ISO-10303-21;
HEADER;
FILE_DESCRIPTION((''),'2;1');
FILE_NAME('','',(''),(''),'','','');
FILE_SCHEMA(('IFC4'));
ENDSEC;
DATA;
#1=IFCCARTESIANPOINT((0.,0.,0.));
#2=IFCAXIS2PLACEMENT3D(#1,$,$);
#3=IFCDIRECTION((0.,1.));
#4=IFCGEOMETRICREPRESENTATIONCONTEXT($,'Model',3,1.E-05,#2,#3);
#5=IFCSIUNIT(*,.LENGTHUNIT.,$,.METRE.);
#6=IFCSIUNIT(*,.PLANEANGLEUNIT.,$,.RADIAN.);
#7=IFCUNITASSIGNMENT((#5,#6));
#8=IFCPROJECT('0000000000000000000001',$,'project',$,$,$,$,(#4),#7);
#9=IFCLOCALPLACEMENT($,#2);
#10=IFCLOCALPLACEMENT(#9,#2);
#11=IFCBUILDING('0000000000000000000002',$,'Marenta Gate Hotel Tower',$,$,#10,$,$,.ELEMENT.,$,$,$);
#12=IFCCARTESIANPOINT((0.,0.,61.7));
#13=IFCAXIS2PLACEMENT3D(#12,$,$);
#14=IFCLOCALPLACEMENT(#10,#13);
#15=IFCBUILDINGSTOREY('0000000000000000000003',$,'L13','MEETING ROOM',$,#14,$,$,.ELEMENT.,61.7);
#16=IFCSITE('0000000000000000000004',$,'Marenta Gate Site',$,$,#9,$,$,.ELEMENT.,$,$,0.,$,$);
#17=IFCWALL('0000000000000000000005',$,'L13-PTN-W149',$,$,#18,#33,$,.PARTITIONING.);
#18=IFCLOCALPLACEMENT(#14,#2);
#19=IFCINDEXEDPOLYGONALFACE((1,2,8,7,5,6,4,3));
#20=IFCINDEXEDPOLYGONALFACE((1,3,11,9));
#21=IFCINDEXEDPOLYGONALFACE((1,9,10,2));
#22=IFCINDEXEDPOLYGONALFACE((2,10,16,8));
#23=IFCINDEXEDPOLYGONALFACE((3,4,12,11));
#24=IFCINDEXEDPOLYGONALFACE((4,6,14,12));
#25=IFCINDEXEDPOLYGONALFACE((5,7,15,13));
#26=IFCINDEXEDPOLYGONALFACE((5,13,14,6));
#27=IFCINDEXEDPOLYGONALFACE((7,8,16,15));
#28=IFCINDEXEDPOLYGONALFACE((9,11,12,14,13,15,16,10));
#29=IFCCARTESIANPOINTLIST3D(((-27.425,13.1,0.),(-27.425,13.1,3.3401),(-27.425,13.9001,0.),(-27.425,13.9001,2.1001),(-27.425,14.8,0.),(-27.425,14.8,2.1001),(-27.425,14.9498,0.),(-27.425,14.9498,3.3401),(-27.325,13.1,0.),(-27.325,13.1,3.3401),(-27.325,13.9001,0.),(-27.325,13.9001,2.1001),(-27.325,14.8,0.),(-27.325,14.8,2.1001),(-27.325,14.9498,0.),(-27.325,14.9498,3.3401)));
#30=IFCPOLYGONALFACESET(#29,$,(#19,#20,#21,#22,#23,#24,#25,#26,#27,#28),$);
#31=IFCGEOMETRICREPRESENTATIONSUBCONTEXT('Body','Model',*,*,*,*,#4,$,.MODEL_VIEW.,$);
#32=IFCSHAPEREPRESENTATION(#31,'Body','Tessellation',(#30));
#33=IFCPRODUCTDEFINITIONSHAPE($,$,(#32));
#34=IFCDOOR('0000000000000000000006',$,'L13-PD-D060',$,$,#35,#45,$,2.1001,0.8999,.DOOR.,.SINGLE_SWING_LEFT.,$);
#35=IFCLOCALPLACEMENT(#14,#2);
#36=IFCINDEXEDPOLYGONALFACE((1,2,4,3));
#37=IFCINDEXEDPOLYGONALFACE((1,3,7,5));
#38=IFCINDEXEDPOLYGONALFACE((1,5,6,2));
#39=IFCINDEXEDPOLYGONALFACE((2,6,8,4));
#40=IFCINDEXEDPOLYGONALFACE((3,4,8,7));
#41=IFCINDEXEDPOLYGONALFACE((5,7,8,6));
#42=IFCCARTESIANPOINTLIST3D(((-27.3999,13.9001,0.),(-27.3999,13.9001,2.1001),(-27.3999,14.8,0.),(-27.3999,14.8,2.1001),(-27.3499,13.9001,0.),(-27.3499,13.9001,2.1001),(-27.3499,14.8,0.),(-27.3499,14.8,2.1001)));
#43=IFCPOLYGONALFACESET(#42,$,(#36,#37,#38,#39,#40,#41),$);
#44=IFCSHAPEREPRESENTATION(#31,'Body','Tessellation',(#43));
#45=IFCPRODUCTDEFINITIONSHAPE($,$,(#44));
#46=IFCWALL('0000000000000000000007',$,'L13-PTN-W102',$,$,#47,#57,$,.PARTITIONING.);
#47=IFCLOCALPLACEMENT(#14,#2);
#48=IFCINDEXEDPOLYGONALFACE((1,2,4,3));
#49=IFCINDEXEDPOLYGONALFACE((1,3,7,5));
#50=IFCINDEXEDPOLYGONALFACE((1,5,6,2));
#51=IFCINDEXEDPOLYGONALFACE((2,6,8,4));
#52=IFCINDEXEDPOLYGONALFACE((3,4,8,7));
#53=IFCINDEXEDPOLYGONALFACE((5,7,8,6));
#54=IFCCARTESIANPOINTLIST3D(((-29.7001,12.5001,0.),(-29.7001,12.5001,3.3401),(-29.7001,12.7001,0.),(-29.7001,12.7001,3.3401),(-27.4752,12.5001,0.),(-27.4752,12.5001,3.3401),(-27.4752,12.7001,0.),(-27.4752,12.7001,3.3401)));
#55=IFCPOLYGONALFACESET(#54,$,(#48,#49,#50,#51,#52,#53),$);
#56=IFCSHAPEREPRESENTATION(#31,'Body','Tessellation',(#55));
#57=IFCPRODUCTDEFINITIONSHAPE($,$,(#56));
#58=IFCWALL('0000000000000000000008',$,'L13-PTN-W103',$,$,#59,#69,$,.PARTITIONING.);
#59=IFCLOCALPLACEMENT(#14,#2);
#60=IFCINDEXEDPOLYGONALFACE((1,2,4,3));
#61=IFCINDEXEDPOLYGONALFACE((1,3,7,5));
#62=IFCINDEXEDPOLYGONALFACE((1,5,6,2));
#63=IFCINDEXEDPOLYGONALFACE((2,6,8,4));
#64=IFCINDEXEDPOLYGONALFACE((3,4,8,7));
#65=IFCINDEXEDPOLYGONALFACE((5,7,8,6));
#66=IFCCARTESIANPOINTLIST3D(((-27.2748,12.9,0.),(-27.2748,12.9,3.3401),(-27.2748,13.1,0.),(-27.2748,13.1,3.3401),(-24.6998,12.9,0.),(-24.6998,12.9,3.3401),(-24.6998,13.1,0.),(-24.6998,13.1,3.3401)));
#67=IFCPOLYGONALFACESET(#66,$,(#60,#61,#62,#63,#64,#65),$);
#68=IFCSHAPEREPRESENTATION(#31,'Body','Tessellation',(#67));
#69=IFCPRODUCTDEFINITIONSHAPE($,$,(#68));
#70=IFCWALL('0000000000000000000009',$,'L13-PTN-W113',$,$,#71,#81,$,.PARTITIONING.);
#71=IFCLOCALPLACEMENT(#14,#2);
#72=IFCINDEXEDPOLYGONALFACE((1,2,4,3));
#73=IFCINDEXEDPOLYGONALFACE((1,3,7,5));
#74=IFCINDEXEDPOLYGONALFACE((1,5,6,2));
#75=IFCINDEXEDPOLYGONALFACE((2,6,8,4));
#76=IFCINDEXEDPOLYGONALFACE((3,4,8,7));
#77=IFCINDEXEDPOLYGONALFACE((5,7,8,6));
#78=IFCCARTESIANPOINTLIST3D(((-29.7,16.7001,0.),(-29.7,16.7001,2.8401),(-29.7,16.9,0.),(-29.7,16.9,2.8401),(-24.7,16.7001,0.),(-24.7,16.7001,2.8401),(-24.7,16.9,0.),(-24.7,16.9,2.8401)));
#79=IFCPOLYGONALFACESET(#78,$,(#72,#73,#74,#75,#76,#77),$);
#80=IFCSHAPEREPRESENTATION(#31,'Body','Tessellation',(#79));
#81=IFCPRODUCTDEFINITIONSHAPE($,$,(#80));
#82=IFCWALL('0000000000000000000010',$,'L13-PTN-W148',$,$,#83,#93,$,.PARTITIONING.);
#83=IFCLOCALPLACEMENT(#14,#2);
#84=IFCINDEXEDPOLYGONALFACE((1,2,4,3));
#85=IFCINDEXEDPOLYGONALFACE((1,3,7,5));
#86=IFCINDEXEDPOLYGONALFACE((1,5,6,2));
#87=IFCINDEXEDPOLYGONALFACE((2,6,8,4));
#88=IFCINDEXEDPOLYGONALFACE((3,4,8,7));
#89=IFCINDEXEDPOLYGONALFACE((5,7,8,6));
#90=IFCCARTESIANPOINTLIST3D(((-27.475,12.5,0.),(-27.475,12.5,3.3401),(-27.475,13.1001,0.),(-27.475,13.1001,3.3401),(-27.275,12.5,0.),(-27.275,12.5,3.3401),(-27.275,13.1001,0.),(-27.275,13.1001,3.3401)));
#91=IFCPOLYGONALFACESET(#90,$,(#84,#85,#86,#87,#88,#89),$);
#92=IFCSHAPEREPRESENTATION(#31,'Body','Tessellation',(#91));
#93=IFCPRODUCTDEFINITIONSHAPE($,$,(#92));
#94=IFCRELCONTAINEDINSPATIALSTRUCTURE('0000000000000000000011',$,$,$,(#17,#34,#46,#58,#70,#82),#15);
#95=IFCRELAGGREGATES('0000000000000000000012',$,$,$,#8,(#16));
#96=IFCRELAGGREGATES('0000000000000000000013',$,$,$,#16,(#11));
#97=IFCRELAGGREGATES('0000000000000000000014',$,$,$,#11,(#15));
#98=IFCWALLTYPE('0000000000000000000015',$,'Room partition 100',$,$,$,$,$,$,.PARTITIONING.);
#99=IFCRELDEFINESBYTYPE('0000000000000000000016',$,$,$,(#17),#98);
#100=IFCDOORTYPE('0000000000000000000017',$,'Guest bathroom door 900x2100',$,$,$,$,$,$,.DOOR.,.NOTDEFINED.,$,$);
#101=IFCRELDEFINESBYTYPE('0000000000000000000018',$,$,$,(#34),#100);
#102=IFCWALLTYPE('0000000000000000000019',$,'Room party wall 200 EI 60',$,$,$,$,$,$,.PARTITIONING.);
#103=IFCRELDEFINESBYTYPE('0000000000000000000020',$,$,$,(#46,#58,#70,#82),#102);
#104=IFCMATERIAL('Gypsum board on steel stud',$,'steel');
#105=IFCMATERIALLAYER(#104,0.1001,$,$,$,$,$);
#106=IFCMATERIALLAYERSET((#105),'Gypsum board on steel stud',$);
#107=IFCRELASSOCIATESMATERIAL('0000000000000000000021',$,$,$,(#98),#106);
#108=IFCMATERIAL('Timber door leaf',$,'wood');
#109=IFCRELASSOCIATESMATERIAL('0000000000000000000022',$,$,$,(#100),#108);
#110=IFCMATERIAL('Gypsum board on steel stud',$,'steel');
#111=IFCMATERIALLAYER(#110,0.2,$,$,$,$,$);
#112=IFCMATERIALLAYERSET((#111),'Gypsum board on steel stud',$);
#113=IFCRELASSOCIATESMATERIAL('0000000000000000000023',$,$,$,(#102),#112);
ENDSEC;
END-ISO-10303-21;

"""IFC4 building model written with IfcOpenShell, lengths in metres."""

from ifc_helpers import new_model, si_unit, direction, frame, frame_2d, origin, place, context, subcontext, project, spatial, rectangle, extrude, material, layer, layer_set, type_object, element, fill, save


model = new_model("IFC4")

# Units and contexts
model_context = context("Model", 3, precision=1e-05, world=origin(), true_north=direction((0.0, 1.0)))
body_context = subcontext(model_context, "Body", "Model", "MODEL_VIEW")
ifc_project = project(units=[si_unit("LENGTHUNIT", "METRE"), si_unit("PLANEANGLEUNIT", "RADIAN")], contexts=[model_context])

# Site, building, storey
site_placement = place(None, origin())
site = spatial("IfcSite", under=ifc_project, at=site_placement, Name="Marenta Gate Site", CompositionType="ELEMENT", RefElevation=0.0)
building_placement = place(site_placement, origin())
building = spatial("IfcBuilding", under=site, at=building_placement, Name="Marenta Gate Hotel Tower", CompositionType="ELEMENT")
storey_placement = place(building_placement, frame((0.0, 0.0, 61.7)))
storey = spatial("IfcBuildingStorey", under=building, at=storey_placement, Name="L13", Description="MEETING ROOM", CompositionType="ELEMENT", Elevation=61.7)

# Shared definitions
ifc_material_1 = material(Name="Gypsum board on steel stud", Category="steel")
ifc_layer_1 = layer(ifc_material_1, 0.1001)
ifc_layer_set_1 = layer_set([ifc_layer_1], Name="Gypsum board on steel stud")
wall_type_1 = type_object("IfcWallType", Name="Room partition 100", PredefinedType="PARTITIONING", material=ifc_layer_set_1)

# Wall, opening, door
wall_1_placement = place(storey_placement, frame((-27.375, 13.1001, 0.0), z_axis=(0.0, 0.0, 1.0), x_axis=(0.0, 1.0, 0.0)))
wall_1 = element("IfcWall", 1, at=wall_1_placement, inside=storey, type_object=wall_type_1, Name="L13-PTN-W149", PredefinedType="PARTITIONING", context=body_context, shape_type="SweptSolid", body=[
    extrude(rectangle(XDim=1.8499, YDim=0.1001, at=frame_2d((0.9248, 0.0))), origin(), (0.0, 0.0, 1.0), 3.3401),
])
opening_placement = place(wall_1_placement, frame((0.8, 0.0, 0.0)))
opening = element("IfcOpeningElement", 2, at=opening_placement, cuts=wall_1, PredefinedType="OPENING", context=body_context, shape_type="SweptSolid", body=[
    extrude(rectangle(XDim=0.8999, YDim=2.1001, at=frame_2d((0.45, 1.05))), frame((0.0, 0.05, 0.0), z_axis=(0.0, -1.0, 0.0), x_axis=(1.0, 0.0, 0.0)), (0.0, 0.0, 1.0), 0.1001),
])
ifc_material_2 = material(Name="Timber door leaf", Category="wood")
door_type = type_object("IfcDoorType", Name="Guest bathroom door 900x2100", OperationType="NOTDEFINED", PredefinedType="DOOR", material=ifc_material_2)
door_placement = place(opening_placement, origin())
door = element("IfcDoor", 3, at=door_placement, inside=storey, type_object=door_type, Name="L13-PD-D060", OperationType="SINGLE_SWING_LEFT", OverallHeight=2.1001, OverallWidth=0.8999, PredefinedType="DOOR", context=body_context, shape_type="SweptSolid", body=[
    extrude(rectangle(XDim=0.8999, YDim=2.1001, at=frame_2d((0.45, 1.05))), frame((0.0, 0.0249, 0.0), z_axis=(0.0, -1.0, 0.0), x_axis=(1.0, 0.0, 0.0)), (0.0, 0.0, 1.0), 0.05),
])
fill(opening, door)

# Walls
ifc_material_3 = material(Name="Gypsum board on steel stud", Category="steel")
ifc_layer_2 = layer(ifc_material_3, 0.2)
ifc_layer_set_2 = layer_set([ifc_layer_2], Name="Gypsum board on steel stud")
wall_type_2 = type_object("IfcWallType", Name="Room party wall 200 EI 60", PredefinedType="PARTITIONING", material=ifc_layer_set_2)
wall_2_placement = place(storey_placement, frame((-29.7, 12.6001, 0.0), z_axis=(0.0, 0.0, 1.0), x_axis=(1.0, 0.0, 0.0)))
element("IfcWall", 4, at=wall_2_placement, inside=storey, type_object=wall_type_2, Name="L13-PTN-W102", PredefinedType="PARTITIONING", context=body_context, shape_type="SweptSolid", body=[
    extrude(rectangle(XDim=2.2249, YDim=0.2, at=frame_2d((1.1123, 0.0))), origin(), (0.0, 0.0, 1.0), 3.3401),
])
wall_3_placement = place(storey_placement, frame((-27.2749, 13.0, 0.0), z_axis=(0.0, 0.0, 1.0), x_axis=(1.0, 0.0, 0.0)))
element("IfcWall", 5, at=wall_3_placement, inside=storey, type_object=wall_type_2, Name="L13-PTN-W103", PredefinedType="PARTITIONING", context=body_context, shape_type="SweptSolid", body=[
    extrude(rectangle(XDim=2.575, YDim=0.2, at=frame_2d((1.2876, 0.0))), origin(), (0.0, 0.0, 1.0), 3.3401),
])
wall_4_placement = place(storey_placement, frame((-29.7, 16.8, 0.0), z_axis=(0.0, 0.0, 1.0), x_axis=(1.0, 0.0, 0.0)))
element("IfcWall", 6, at=wall_4_placement, inside=storey, type_object=wall_type_2, Name="L13-PTN-W113", PredefinedType="PARTITIONING", context=body_context, shape_type="SweptSolid", body=[
    extrude(rectangle(XDim=5.0, YDim=0.2, at=frame_2d((2.5, 0.0))), origin(), (0.0, 0.0, 1.0), 2.8401),
])
wall_5_placement = place(storey_placement, frame((-27.375, 12.5, 0.0), z_axis=(0.0, 0.0, 1.0), x_axis=(0.0, 1.0, 0.0)))
element("IfcWall", 7, at=wall_5_placement, inside=storey, type_object=wall_type_2, Name="L13-PTN-W148", PredefinedType="PARTITIONING", context=body_context, shape_type="SweptSolid", body=[
    extrude(rectangle(XDim=0.6001, YDim=0.2, at=frame_2d((0.3, 0.0))), origin(), (0.0, 0.0, 1.0), 3.3401),
])

save(model, "model.ifc")
